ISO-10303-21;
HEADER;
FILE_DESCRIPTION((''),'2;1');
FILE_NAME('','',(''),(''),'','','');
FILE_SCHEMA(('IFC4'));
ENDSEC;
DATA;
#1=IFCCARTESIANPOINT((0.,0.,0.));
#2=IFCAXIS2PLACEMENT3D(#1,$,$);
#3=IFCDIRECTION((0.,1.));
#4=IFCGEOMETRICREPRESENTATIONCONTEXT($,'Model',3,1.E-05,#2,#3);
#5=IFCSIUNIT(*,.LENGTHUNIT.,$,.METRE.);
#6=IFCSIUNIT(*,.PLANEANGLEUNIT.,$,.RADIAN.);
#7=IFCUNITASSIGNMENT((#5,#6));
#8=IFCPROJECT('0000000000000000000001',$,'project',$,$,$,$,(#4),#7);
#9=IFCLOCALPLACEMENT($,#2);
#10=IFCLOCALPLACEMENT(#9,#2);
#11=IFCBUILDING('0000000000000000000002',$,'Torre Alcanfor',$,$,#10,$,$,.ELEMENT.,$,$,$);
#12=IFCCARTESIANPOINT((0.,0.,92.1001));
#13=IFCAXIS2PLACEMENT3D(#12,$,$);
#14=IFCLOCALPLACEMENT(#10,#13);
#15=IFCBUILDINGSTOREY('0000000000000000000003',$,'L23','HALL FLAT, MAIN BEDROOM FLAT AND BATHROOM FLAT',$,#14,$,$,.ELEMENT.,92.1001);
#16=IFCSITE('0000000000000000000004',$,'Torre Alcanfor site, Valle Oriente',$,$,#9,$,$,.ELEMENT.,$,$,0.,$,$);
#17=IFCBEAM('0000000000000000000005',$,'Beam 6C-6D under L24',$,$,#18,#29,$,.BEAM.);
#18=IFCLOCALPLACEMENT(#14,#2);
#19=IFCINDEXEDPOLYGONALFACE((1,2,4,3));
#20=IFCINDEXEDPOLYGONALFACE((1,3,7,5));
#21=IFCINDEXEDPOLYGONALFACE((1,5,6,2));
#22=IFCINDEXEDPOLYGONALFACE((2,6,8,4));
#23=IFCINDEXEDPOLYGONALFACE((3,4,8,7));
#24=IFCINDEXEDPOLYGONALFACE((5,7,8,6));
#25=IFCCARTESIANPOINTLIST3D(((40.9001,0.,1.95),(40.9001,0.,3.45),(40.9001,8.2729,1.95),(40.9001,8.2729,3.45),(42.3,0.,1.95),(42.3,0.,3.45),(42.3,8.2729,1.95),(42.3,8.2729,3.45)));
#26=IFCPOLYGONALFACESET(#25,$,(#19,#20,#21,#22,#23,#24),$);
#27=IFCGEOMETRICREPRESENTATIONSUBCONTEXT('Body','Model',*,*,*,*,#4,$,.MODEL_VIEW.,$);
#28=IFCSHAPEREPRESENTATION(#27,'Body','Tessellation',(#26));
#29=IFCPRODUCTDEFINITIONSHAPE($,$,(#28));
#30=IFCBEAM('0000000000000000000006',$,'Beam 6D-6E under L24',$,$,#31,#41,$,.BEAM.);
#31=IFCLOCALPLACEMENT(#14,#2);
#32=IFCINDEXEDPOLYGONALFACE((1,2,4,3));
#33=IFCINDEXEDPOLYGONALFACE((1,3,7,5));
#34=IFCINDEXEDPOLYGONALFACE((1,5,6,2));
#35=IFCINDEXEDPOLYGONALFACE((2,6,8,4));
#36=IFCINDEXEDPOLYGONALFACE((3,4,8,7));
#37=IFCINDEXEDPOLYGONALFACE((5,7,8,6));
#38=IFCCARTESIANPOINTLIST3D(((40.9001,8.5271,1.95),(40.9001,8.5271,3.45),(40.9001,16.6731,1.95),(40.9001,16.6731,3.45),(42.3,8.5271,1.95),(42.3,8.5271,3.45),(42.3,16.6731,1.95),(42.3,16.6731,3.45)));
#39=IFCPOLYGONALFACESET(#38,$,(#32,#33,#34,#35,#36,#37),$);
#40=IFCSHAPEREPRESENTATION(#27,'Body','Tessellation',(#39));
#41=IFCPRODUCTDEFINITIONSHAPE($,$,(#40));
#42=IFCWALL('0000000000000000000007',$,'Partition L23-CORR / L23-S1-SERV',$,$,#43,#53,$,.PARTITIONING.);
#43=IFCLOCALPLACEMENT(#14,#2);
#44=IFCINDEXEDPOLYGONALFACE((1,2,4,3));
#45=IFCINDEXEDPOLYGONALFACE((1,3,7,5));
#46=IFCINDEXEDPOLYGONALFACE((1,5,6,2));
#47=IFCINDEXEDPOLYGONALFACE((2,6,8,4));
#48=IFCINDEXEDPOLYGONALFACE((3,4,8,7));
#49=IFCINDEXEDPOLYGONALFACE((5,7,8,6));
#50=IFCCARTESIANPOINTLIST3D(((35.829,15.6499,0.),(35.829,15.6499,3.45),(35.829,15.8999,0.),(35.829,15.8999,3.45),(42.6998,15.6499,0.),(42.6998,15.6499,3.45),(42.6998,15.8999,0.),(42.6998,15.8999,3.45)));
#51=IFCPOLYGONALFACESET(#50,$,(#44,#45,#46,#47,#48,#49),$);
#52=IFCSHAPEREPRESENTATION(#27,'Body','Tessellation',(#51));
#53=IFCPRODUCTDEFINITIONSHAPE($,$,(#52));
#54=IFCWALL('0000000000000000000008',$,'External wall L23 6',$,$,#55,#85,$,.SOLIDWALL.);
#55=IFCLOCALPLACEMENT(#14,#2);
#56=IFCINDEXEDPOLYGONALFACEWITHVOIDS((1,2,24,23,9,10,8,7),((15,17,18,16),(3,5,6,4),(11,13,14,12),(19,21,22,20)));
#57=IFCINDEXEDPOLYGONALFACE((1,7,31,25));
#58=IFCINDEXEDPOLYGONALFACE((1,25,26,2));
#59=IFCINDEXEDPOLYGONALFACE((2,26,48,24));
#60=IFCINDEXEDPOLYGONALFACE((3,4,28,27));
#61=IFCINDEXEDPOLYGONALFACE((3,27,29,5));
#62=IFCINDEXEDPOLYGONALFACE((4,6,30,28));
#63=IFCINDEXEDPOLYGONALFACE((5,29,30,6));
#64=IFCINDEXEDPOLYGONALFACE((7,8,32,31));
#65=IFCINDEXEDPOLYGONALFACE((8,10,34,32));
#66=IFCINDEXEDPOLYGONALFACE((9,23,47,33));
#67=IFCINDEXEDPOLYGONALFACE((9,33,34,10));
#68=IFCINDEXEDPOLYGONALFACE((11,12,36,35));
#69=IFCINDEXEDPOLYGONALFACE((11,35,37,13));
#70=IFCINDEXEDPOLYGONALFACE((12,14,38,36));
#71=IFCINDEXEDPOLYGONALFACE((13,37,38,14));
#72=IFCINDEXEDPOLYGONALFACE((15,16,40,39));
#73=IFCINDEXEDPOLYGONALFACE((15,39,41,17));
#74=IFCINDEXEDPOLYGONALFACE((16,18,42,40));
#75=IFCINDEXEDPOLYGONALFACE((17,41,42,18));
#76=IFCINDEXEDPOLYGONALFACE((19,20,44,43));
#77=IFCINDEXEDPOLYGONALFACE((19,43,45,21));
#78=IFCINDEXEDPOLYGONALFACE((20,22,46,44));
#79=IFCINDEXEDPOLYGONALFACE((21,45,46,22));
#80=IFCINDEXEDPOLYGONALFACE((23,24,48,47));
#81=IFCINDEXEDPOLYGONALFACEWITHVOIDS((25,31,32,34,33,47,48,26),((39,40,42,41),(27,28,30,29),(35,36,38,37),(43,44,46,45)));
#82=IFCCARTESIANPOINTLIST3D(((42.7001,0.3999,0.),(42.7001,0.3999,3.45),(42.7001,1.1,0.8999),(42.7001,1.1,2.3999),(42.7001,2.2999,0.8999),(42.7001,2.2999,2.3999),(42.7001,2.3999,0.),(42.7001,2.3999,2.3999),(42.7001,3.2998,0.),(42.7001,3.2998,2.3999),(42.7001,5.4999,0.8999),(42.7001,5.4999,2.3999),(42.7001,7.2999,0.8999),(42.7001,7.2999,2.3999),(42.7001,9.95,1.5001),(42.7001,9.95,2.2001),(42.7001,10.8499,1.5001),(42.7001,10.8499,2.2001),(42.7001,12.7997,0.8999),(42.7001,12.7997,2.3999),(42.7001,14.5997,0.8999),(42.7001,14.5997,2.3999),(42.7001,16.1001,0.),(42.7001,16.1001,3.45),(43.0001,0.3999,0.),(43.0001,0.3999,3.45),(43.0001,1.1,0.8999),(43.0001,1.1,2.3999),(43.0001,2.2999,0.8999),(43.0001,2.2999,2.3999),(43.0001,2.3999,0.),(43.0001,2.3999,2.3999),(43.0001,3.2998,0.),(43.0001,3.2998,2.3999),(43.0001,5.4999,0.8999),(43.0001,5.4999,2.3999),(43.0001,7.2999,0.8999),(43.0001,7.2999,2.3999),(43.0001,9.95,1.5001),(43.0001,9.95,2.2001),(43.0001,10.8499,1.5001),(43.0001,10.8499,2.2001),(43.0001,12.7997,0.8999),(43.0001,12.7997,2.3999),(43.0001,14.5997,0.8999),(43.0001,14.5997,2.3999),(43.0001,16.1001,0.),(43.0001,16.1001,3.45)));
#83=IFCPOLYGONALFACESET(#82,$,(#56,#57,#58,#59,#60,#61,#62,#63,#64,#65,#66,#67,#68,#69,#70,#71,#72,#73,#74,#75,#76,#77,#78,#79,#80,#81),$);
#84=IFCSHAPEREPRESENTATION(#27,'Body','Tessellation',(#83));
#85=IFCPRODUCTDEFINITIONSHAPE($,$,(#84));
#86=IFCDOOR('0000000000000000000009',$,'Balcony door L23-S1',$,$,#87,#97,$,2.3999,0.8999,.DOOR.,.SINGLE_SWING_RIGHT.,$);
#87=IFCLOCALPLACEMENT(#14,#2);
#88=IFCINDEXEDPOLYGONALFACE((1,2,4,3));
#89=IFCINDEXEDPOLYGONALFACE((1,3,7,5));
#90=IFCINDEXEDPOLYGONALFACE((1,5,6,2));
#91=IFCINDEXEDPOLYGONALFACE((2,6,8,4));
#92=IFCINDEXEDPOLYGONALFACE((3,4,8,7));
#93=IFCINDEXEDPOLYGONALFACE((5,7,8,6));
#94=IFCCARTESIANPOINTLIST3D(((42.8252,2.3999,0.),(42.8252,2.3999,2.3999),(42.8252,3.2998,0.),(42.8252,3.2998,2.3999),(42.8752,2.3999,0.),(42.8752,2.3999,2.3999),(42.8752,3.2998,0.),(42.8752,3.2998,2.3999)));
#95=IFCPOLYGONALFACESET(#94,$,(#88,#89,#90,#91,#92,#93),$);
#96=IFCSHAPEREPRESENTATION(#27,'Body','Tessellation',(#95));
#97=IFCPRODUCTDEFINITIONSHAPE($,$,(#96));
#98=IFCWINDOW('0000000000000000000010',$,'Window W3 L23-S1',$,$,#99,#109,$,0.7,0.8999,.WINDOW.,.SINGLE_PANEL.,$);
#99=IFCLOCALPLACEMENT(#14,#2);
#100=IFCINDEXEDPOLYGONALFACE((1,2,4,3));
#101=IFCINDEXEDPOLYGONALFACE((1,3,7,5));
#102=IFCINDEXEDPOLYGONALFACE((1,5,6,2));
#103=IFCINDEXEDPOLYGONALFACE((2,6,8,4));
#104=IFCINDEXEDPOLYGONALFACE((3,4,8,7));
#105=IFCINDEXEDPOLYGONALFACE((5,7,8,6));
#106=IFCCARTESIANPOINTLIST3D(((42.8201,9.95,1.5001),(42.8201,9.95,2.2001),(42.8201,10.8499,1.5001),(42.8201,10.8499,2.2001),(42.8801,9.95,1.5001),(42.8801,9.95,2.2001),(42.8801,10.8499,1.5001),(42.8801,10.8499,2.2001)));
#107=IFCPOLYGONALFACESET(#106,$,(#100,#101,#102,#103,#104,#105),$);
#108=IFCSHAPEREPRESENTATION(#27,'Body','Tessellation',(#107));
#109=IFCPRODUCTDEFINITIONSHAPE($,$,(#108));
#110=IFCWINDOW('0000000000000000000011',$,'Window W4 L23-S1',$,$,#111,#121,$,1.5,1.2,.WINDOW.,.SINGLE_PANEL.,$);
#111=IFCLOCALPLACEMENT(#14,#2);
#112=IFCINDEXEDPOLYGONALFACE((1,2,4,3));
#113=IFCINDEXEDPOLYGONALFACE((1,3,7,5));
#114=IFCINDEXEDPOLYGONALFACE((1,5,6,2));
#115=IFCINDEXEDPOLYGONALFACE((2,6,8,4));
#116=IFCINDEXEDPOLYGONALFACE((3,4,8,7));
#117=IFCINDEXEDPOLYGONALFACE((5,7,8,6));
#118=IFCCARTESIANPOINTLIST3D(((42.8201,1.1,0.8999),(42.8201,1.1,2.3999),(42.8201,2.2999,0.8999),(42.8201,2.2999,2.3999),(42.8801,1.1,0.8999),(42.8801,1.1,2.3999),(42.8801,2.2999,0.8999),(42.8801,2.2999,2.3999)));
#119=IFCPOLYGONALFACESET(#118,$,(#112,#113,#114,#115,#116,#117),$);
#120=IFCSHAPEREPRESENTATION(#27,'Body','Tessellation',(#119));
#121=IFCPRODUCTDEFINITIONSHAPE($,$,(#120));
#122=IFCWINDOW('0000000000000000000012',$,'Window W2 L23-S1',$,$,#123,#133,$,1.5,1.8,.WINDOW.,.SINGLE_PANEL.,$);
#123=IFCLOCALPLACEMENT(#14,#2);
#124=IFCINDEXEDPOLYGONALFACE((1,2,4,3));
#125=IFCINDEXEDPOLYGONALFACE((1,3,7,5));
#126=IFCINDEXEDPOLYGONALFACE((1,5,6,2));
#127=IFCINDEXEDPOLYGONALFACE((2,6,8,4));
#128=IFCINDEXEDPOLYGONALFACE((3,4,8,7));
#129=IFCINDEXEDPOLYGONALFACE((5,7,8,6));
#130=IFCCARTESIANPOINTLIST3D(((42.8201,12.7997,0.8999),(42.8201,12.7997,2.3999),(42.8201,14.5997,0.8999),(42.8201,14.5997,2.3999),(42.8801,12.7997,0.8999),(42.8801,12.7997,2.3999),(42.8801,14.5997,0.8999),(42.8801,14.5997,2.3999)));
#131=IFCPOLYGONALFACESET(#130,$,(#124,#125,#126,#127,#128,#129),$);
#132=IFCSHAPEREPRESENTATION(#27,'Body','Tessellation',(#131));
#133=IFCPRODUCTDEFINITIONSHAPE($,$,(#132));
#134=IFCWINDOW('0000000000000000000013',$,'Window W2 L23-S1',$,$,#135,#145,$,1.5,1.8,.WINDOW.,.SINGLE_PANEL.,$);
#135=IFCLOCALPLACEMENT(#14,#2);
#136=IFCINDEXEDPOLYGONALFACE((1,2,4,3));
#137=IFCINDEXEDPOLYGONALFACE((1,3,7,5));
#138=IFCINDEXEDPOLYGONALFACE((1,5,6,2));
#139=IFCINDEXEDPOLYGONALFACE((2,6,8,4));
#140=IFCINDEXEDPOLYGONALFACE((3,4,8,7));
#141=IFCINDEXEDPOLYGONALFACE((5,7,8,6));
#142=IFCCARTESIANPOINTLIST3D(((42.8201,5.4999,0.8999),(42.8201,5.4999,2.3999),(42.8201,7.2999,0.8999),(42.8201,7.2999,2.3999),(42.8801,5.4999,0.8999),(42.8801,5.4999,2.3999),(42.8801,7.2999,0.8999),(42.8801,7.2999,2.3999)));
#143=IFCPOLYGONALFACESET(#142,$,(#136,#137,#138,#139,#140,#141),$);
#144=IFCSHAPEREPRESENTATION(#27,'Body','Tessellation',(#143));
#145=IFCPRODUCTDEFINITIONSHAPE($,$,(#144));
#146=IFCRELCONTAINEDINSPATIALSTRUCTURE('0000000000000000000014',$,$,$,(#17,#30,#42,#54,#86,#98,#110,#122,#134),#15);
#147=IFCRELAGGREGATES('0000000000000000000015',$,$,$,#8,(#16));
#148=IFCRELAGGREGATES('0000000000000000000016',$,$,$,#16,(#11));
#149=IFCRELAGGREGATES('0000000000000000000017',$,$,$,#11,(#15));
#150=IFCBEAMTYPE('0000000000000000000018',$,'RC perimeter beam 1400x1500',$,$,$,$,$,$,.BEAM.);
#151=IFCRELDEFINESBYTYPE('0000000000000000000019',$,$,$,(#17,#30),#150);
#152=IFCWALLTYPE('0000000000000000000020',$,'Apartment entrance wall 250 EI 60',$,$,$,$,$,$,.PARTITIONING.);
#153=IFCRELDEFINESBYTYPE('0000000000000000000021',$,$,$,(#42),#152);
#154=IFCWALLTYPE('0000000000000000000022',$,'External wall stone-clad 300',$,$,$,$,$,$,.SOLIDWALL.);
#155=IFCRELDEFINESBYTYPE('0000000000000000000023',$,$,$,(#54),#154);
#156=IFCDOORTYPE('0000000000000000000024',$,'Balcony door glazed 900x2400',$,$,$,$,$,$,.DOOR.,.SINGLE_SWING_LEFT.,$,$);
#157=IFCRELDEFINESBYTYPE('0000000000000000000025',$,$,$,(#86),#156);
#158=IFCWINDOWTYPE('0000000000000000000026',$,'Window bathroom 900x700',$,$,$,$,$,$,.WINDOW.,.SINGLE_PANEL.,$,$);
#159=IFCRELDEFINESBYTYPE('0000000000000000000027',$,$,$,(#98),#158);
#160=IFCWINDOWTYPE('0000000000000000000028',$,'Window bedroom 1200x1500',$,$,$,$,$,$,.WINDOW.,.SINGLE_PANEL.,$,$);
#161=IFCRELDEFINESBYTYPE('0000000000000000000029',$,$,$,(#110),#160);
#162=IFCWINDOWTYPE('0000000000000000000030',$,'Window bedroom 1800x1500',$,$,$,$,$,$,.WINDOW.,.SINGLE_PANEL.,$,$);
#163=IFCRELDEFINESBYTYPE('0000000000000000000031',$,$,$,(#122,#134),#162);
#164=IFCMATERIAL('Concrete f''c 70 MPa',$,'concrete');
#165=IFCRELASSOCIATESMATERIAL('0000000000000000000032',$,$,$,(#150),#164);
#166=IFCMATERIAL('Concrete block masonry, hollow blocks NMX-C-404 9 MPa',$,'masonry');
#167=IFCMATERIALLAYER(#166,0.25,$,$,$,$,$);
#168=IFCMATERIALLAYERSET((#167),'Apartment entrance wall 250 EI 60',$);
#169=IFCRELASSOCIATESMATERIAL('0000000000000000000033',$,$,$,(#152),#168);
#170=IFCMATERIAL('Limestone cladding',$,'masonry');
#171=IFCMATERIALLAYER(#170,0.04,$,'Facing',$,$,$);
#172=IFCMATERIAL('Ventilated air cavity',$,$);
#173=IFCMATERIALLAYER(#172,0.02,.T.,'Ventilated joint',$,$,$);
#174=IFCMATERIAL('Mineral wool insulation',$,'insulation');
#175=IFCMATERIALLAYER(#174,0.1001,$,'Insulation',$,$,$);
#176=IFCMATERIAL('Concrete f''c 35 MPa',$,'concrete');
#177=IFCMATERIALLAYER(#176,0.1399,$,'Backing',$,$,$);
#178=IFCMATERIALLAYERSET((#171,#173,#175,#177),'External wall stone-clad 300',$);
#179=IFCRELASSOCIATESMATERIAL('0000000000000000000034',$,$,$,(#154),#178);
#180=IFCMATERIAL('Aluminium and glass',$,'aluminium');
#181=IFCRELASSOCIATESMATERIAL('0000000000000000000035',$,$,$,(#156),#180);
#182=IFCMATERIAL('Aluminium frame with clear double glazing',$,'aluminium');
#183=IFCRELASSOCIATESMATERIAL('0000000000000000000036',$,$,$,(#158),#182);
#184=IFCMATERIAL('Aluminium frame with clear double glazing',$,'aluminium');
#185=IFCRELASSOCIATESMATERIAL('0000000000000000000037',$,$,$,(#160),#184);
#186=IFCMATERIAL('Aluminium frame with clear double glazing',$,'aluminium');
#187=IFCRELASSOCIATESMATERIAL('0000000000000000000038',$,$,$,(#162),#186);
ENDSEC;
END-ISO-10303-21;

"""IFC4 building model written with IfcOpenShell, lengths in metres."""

from ifc_helpers import new_model, si_unit, direction, frame, frame_2d, origin, origin_2d, place, context, subcontext, project, spatial, rectangle, extrude, material, layer, layer_set, material_profile, profile_set, type_object, element, fill, save


model = new_model("IFC4")

# Units and contexts
model_context = context("Model", 3, precision=1e-05, world=origin(), true_north=direction((0.0, 1.0)))
body_context = subcontext(model_context, "Body", "Model", "MODEL_VIEW")
ifc_project = project(units=[si_unit("LENGTHUNIT", "METRE"), si_unit("PLANEANGLEUNIT", "RADIAN")], contexts=[model_context])

# Site, building, storey
site_placement = place(None, origin())
site = spatial("IfcSite", under=ifc_project, at=site_placement, Name="Torre Alcanfor site, Valle Oriente", CompositionType="ELEMENT", RefElevation=0.0)
building_placement = place(site_placement, origin())
building = spatial("IfcBuilding", under=site, at=building_placement, Name="Torre Alcanfor", CompositionType="ELEMENT")
storey_placement = place(building_placement, frame((0.0, 0.0, 92.1001)))
storey = spatial("IfcBuildingStorey", under=building, at=storey_placement, Name="L23", Description="HALL FLAT, MAIN BEDROOM FLAT AND BATHROOM FLAT", CompositionType="ELEMENT", Elevation=92.1001)

# Beams
ifc_material_1 = material(Name="Concrete f'c 70 MPa", Category="concrete")
ifc_material_profile_1 = material_profile(ifc_material_1, rectangle(XDim=1.3999, YDim=1.5, at=origin_2d()), Name="1400x1500")
ifc_profile_set_1 = profile_set([ifc_material_profile_1], Name="Concrete f'c 70 MPa")
beam_type_1 = type_object("IfcBeamType", Name="RC perimeter beam 1400x1500", PredefinedType="BEAM", material=ifc_profile_set_1)
beam_1_placement = place(storey_placement, frame((41.6001, 0.0, 2.7), z_axis=(0.0, 1.0, 0.0), x_axis=(-1.0, 0.0, 0.0)))
element("IfcBeam", 1, at=beam_1_placement, inside=storey, type_object=beam_type_1, Name="Beam 6C-6D under L24", PredefinedType="BEAM", context=body_context, shape_type="SweptSolid", body=[
    extrude(rectangle(XDim=1.3999, YDim=1.5, at=origin_2d()), origin(), (0.0, 0.0, 1.0), 8.2729),
])
beam_2_placement = place(storey_placement, frame((41.6001, 8.5271, 2.7), z_axis=(0.0, 1.0, 0.0), x_axis=(-1.0, 0.0, 0.0)))
element("IfcBeam", 2, at=beam_2_placement, inside=storey, type_object=beam_type_1, Name="Beam 6D-6E under L24", PredefinedType="BEAM", context=body_context, shape_type="SweptSolid", body=[
    extrude(rectangle(XDim=1.3999, YDim=1.5, at=origin_2d()), origin(), (0.0, 0.0, 1.0), 8.146),
])

# Wall
ifc_material_2 = material(Name="Concrete block masonry, hollow blocks NMX-C-404 9 MPa", Category="masonry")
ifc_layer_1 = layer(ifc_material_2, 0.25)
ifc_layer_set_1 = layer_set([ifc_layer_1], Name="Apartment entrance wall 250 EI 60")
wall_type_1 = type_object("IfcWallType", Name="Apartment entrance wall 250 EI 60", PredefinedType="PARTITIONING", material=ifc_layer_set_1)
wall_1_placement = place(storey_placement, frame((42.7, 15.7749, 0.0), z_axis=(0.0, 0.0, 1.0), x_axis=(-1.0, 0.0, 0.0)))
element("IfcWall", 3, at=wall_1_placement, inside=storey, type_object=wall_type_1, Name="Partition L23-CORR / L23-S1-SERV", PredefinedType="PARTITIONING", context=body_context, shape_type="SweptSolid", body=[
    extrude(rectangle(XDim=6.8708, YDim=0.25, at=frame_2d((3.4355, 0.0))), origin(), (0.0, 0.0, 1.0), 3.45),
])

# Wall, openings, door, windows
ifc_material_3 = material(Name="Limestone cladding", Category="masonry")
ifc_layer_2 = layer(ifc_material_3, 0.04, Name="Facing")
ifc_material_4 = material(Name="Ventilated air cavity")
ifc_layer_3 = layer(ifc_material_4, 0.02, ventilated=True, Name="Ventilated joint")
ifc_material_5 = material(Name="Mineral wool insulation", Category="insulation")
ifc_layer_4 = layer(ifc_material_5, 0.1001, Name="Insulation")
ifc_material_6 = material(Name="Concrete f'c 35 MPa", Category="concrete")
ifc_layer_5 = layer(ifc_material_6, 0.1399, Name="Backing")
ifc_layer_set_2 = layer_set([ifc_layer_2, ifc_layer_3, ifc_layer_4, ifc_layer_5], Name="External wall stone-clad 300")
wall_type_2 = type_object("IfcWallType", Name="External wall stone-clad 300", PredefinedType="SOLIDWALL", material=ifc_layer_set_2)
wall_2_placement = place(storey_placement, frame((42.8501, 0.3999, 0.0), z_axis=(0.0, 0.0, 1.0), x_axis=(0.0, 1.0, 0.0)))
wall_2 = element("IfcWall", 4, at=wall_2_placement, inside=storey, type_object=wall_type_2, Name="External wall L23 6", PredefinedType="SOLIDWALL", context=body_context, shape_type="SweptSolid", body=[
    extrude(rectangle(XDim=15.7002, YDim=0.3, at=frame_2d((7.8501, 0.0))), origin(), (0.0, 0.0, 1.0), 3.45),
])
opening_1_placement = place(wall_2_placement, frame((12.3999, 0.0, 0.8999)))
opening_1 = element("IfcOpeningElement", 5, at=opening_1_placement, cuts=wall_2, PredefinedType="OPENING", context=body_context, shape_type="SweptSolid", body=[
    extrude(rectangle(XDim=1.8, YDim=1.5, at=frame_2d((0.8999, 0.75))), frame((0.0, 0.1599, 0.0), z_axis=(0.0, -1.0, 0.0), x_axis=(1.0, 0.0, 0.0)), (0.0, 0.0, 1.0), 0.3201),
])
opening_2_placement = place(wall_2_placement, frame((9.55, 0.0, 1.5)))
opening_2 = element("IfcOpeningElement", 6, at=opening_2_placement, cuts=wall_2, PredefinedType="OPENING", context=body_context, shape_type="SweptSolid", body=[
    extrude(rectangle(XDim=0.8999, YDim=0.7, at=frame_2d((0.45, 0.3501))), frame((0.0, 0.1599, 0.0), z_axis=(0.0, -1.0, 0.0), x_axis=(1.0, 0.0, 0.0)), (0.0, 0.0, 1.0), 0.3201),
])
opening_3_placement = place(wall_2_placement, frame((5.1001, 0.0, 0.8999)))
opening_3 = element("IfcOpeningElement", 7, at=opening_3_placement, cuts=wall_2, PredefinedType="OPENING", context=body_context, shape_type="SweptSolid", body=[
    extrude(rectangle(XDim=1.8, YDim=1.5, at=frame_2d((0.8999, 0.75))), frame((0.0, 0.1599, 0.0), z_axis=(0.0, -1.0, 0.0), x_axis=(1.0, 0.0, 0.0)), (0.0, 0.0, 1.0), 0.3201),
])
opening_4_placement = place(wall_2_placement, frame((2.0, 0.0, 0.0)))
opening_4 = element("IfcOpeningElement", 8, at=opening_4_placement, cuts=wall_2, PredefinedType="OPENING", context=body_context, shape_type="SweptSolid", body=[
    extrude(rectangle(XDim=0.8999, YDim=2.3999, at=frame_2d((0.45, 1.2))), frame((0.0, 0.1599, 0.0), z_axis=(0.0, -1.0, 0.0), x_axis=(1.0, 0.0, 0.0)), (0.0, 0.0, 1.0), 0.3201),
])
opening_5_placement = place(wall_2_placement, frame((0.7, 0.0, 0.8999)))
opening_5 = element("IfcOpeningElement", 9, at=opening_5_placement, cuts=wall_2, PredefinedType="OPENING", context=body_context, shape_type="SweptSolid", body=[
    extrude(rectangle(XDim=1.2, YDim=1.5, at=frame_2d((0.6001, 0.75))), frame((0.0, 0.1599, 0.0), z_axis=(0.0, -1.0, 0.0), x_axis=(1.0, 0.0, 0.0)), (0.0, 0.0, 1.0), 0.3201),
])
ifc_material_7 = material(Name="Aluminium and glass", Category="aluminium")
door_type = type_object("IfcDoorType", Name="Balcony door glazed 900x2400", OperationType="SINGLE_SWING_LEFT", PredefinedType="DOOR", material=ifc_material_7)
door_1_placement = place(opening_4_placement, origin())
door_1 = element("IfcDoor", 10, at=door_1_placement, inside=storey, type_object=door_type, Name="Balcony door L23-S1", OperationType="SINGLE_SWING_RIGHT", OverallHeight=2.3999, OverallWidth=0.8999, PredefinedType="DOOR", context=body_context, shape_type="SweptSolid", body=[
    extrude(rectangle(XDim=0.8999, YDim=2.3999, at=frame_2d((0.45, 1.2))), frame((0.0, 0.0249, 0.0), z_axis=(0.0, -1.0, 0.0), x_axis=(1.0, 0.0, 0.0)), (0.0, 0.0, 1.0), 0.05),
])
fill(opening_4, door_1)
ifc_material_8 = material(Name="Aluminium frame with clear double glazing", Category="aluminium")
window_type_1 = type_object("IfcWindowType", Name="Window bathroom 900x700", PartitioningType="SINGLE_PANEL", PredefinedType="WINDOW", material=ifc_material_8)
window_1_placement = place(opening_2_placement, origin())
window_1 = element("IfcWindow", 11, at=window_1_placement, inside=storey, type_object=window_type_1, Name="Window W3 L23-S1", OverallHeight=0.7, OverallWidth=0.8999, PartitioningType="SINGLE_PANEL", PredefinedType="WINDOW", context=body_context, shape_type="SweptSolid", body=[
    extrude(rectangle(XDim=0.8999, YDim=0.7, at=frame_2d((0.45, 0.3501))), frame((0.0, 0.03, 0.0), z_axis=(0.0, -1.0, 0.0), x_axis=(1.0, 0.0, 0.0)), (0.0, 0.0, 1.0), 0.0601),
])
fill(opening_2, window_1)
ifc_material_9 = material(Name="Aluminium frame with clear double glazing", Category="aluminium")
window_type_2 = type_object("IfcWindowType", Name="Window bedroom 1200x1500", PartitioningType="SINGLE_PANEL", PredefinedType="WINDOW", material=ifc_material_9)
window_2_placement = place(opening_5_placement, origin())
window_2 = element("IfcWindow", 12, at=window_2_placement, inside=storey, type_object=window_type_2, Name="Window W4 L23-S1", OverallHeight=1.5, OverallWidth=1.2, PartitioningType="SINGLE_PANEL", PredefinedType="WINDOW", context=body_context, shape_type="SweptSolid", body=[
    extrude(rectangle(XDim=1.2, YDim=1.5, at=frame_2d((0.6001, 0.75))), frame((0.0, 0.03, 0.0), z_axis=(0.0, -1.0, 0.0), x_axis=(1.0, 0.0, 0.0)), (0.0, 0.0, 1.0), 0.0601),
])
fill(opening_5, window_2)
ifc_material_10 = material(Name="Aluminium frame with clear double glazing", Category="aluminium")
window_type_3 = type_object("IfcWindowType", Name="Window bedroom 1800x1500", PartitioningType="SINGLE_PANEL", PredefinedType="WINDOW", material=ifc_material_10)
window_3_placement = place(opening_1_placement, origin())
window_3 = element("IfcWindow", 13, at=window_3_placement, inside=storey, type_object=window_type_3, Name="Window W2 L23-S1", OverallHeight=1.5, OverallWidth=1.8, PartitioningType="SINGLE_PANEL", PredefinedType="WINDOW", context=body_context, shape_type="SweptSolid", body=[
    extrude(rectangle(XDim=1.8, YDim=1.5, at=frame_2d((0.8999, 0.75))), frame((0.0, 0.03, 0.0), z_axis=(0.0, -1.0, 0.0), x_axis=(1.0, 0.0, 0.0)), (0.0, 0.0, 1.0), 0.0601),
])
fill(opening_1, window_3)
window_4_placement = place(opening_3_placement, origin())
window_4 = element("IfcWindow", 14, at=window_4_placement, inside=storey, type_object=window_type_3, Name="Window W2 L23-S1", OverallHeight=1.5, OverallWidth=1.8, PartitioningType="SINGLE_PANEL", PredefinedType="WINDOW", context=body_context, shape_type="SweptSolid", body=[
    extrude(rectangle(XDim=1.8, YDim=1.5, at=frame_2d((0.8999, 0.75))), frame((0.0, 0.03, 0.0), z_axis=(0.0, -1.0, 0.0), x_axis=(1.0, 0.0, 0.0)), (0.0, 0.0, 1.0), 0.0601),
])
fill(opening_3, window_4)

save(model, "model.ifc")
